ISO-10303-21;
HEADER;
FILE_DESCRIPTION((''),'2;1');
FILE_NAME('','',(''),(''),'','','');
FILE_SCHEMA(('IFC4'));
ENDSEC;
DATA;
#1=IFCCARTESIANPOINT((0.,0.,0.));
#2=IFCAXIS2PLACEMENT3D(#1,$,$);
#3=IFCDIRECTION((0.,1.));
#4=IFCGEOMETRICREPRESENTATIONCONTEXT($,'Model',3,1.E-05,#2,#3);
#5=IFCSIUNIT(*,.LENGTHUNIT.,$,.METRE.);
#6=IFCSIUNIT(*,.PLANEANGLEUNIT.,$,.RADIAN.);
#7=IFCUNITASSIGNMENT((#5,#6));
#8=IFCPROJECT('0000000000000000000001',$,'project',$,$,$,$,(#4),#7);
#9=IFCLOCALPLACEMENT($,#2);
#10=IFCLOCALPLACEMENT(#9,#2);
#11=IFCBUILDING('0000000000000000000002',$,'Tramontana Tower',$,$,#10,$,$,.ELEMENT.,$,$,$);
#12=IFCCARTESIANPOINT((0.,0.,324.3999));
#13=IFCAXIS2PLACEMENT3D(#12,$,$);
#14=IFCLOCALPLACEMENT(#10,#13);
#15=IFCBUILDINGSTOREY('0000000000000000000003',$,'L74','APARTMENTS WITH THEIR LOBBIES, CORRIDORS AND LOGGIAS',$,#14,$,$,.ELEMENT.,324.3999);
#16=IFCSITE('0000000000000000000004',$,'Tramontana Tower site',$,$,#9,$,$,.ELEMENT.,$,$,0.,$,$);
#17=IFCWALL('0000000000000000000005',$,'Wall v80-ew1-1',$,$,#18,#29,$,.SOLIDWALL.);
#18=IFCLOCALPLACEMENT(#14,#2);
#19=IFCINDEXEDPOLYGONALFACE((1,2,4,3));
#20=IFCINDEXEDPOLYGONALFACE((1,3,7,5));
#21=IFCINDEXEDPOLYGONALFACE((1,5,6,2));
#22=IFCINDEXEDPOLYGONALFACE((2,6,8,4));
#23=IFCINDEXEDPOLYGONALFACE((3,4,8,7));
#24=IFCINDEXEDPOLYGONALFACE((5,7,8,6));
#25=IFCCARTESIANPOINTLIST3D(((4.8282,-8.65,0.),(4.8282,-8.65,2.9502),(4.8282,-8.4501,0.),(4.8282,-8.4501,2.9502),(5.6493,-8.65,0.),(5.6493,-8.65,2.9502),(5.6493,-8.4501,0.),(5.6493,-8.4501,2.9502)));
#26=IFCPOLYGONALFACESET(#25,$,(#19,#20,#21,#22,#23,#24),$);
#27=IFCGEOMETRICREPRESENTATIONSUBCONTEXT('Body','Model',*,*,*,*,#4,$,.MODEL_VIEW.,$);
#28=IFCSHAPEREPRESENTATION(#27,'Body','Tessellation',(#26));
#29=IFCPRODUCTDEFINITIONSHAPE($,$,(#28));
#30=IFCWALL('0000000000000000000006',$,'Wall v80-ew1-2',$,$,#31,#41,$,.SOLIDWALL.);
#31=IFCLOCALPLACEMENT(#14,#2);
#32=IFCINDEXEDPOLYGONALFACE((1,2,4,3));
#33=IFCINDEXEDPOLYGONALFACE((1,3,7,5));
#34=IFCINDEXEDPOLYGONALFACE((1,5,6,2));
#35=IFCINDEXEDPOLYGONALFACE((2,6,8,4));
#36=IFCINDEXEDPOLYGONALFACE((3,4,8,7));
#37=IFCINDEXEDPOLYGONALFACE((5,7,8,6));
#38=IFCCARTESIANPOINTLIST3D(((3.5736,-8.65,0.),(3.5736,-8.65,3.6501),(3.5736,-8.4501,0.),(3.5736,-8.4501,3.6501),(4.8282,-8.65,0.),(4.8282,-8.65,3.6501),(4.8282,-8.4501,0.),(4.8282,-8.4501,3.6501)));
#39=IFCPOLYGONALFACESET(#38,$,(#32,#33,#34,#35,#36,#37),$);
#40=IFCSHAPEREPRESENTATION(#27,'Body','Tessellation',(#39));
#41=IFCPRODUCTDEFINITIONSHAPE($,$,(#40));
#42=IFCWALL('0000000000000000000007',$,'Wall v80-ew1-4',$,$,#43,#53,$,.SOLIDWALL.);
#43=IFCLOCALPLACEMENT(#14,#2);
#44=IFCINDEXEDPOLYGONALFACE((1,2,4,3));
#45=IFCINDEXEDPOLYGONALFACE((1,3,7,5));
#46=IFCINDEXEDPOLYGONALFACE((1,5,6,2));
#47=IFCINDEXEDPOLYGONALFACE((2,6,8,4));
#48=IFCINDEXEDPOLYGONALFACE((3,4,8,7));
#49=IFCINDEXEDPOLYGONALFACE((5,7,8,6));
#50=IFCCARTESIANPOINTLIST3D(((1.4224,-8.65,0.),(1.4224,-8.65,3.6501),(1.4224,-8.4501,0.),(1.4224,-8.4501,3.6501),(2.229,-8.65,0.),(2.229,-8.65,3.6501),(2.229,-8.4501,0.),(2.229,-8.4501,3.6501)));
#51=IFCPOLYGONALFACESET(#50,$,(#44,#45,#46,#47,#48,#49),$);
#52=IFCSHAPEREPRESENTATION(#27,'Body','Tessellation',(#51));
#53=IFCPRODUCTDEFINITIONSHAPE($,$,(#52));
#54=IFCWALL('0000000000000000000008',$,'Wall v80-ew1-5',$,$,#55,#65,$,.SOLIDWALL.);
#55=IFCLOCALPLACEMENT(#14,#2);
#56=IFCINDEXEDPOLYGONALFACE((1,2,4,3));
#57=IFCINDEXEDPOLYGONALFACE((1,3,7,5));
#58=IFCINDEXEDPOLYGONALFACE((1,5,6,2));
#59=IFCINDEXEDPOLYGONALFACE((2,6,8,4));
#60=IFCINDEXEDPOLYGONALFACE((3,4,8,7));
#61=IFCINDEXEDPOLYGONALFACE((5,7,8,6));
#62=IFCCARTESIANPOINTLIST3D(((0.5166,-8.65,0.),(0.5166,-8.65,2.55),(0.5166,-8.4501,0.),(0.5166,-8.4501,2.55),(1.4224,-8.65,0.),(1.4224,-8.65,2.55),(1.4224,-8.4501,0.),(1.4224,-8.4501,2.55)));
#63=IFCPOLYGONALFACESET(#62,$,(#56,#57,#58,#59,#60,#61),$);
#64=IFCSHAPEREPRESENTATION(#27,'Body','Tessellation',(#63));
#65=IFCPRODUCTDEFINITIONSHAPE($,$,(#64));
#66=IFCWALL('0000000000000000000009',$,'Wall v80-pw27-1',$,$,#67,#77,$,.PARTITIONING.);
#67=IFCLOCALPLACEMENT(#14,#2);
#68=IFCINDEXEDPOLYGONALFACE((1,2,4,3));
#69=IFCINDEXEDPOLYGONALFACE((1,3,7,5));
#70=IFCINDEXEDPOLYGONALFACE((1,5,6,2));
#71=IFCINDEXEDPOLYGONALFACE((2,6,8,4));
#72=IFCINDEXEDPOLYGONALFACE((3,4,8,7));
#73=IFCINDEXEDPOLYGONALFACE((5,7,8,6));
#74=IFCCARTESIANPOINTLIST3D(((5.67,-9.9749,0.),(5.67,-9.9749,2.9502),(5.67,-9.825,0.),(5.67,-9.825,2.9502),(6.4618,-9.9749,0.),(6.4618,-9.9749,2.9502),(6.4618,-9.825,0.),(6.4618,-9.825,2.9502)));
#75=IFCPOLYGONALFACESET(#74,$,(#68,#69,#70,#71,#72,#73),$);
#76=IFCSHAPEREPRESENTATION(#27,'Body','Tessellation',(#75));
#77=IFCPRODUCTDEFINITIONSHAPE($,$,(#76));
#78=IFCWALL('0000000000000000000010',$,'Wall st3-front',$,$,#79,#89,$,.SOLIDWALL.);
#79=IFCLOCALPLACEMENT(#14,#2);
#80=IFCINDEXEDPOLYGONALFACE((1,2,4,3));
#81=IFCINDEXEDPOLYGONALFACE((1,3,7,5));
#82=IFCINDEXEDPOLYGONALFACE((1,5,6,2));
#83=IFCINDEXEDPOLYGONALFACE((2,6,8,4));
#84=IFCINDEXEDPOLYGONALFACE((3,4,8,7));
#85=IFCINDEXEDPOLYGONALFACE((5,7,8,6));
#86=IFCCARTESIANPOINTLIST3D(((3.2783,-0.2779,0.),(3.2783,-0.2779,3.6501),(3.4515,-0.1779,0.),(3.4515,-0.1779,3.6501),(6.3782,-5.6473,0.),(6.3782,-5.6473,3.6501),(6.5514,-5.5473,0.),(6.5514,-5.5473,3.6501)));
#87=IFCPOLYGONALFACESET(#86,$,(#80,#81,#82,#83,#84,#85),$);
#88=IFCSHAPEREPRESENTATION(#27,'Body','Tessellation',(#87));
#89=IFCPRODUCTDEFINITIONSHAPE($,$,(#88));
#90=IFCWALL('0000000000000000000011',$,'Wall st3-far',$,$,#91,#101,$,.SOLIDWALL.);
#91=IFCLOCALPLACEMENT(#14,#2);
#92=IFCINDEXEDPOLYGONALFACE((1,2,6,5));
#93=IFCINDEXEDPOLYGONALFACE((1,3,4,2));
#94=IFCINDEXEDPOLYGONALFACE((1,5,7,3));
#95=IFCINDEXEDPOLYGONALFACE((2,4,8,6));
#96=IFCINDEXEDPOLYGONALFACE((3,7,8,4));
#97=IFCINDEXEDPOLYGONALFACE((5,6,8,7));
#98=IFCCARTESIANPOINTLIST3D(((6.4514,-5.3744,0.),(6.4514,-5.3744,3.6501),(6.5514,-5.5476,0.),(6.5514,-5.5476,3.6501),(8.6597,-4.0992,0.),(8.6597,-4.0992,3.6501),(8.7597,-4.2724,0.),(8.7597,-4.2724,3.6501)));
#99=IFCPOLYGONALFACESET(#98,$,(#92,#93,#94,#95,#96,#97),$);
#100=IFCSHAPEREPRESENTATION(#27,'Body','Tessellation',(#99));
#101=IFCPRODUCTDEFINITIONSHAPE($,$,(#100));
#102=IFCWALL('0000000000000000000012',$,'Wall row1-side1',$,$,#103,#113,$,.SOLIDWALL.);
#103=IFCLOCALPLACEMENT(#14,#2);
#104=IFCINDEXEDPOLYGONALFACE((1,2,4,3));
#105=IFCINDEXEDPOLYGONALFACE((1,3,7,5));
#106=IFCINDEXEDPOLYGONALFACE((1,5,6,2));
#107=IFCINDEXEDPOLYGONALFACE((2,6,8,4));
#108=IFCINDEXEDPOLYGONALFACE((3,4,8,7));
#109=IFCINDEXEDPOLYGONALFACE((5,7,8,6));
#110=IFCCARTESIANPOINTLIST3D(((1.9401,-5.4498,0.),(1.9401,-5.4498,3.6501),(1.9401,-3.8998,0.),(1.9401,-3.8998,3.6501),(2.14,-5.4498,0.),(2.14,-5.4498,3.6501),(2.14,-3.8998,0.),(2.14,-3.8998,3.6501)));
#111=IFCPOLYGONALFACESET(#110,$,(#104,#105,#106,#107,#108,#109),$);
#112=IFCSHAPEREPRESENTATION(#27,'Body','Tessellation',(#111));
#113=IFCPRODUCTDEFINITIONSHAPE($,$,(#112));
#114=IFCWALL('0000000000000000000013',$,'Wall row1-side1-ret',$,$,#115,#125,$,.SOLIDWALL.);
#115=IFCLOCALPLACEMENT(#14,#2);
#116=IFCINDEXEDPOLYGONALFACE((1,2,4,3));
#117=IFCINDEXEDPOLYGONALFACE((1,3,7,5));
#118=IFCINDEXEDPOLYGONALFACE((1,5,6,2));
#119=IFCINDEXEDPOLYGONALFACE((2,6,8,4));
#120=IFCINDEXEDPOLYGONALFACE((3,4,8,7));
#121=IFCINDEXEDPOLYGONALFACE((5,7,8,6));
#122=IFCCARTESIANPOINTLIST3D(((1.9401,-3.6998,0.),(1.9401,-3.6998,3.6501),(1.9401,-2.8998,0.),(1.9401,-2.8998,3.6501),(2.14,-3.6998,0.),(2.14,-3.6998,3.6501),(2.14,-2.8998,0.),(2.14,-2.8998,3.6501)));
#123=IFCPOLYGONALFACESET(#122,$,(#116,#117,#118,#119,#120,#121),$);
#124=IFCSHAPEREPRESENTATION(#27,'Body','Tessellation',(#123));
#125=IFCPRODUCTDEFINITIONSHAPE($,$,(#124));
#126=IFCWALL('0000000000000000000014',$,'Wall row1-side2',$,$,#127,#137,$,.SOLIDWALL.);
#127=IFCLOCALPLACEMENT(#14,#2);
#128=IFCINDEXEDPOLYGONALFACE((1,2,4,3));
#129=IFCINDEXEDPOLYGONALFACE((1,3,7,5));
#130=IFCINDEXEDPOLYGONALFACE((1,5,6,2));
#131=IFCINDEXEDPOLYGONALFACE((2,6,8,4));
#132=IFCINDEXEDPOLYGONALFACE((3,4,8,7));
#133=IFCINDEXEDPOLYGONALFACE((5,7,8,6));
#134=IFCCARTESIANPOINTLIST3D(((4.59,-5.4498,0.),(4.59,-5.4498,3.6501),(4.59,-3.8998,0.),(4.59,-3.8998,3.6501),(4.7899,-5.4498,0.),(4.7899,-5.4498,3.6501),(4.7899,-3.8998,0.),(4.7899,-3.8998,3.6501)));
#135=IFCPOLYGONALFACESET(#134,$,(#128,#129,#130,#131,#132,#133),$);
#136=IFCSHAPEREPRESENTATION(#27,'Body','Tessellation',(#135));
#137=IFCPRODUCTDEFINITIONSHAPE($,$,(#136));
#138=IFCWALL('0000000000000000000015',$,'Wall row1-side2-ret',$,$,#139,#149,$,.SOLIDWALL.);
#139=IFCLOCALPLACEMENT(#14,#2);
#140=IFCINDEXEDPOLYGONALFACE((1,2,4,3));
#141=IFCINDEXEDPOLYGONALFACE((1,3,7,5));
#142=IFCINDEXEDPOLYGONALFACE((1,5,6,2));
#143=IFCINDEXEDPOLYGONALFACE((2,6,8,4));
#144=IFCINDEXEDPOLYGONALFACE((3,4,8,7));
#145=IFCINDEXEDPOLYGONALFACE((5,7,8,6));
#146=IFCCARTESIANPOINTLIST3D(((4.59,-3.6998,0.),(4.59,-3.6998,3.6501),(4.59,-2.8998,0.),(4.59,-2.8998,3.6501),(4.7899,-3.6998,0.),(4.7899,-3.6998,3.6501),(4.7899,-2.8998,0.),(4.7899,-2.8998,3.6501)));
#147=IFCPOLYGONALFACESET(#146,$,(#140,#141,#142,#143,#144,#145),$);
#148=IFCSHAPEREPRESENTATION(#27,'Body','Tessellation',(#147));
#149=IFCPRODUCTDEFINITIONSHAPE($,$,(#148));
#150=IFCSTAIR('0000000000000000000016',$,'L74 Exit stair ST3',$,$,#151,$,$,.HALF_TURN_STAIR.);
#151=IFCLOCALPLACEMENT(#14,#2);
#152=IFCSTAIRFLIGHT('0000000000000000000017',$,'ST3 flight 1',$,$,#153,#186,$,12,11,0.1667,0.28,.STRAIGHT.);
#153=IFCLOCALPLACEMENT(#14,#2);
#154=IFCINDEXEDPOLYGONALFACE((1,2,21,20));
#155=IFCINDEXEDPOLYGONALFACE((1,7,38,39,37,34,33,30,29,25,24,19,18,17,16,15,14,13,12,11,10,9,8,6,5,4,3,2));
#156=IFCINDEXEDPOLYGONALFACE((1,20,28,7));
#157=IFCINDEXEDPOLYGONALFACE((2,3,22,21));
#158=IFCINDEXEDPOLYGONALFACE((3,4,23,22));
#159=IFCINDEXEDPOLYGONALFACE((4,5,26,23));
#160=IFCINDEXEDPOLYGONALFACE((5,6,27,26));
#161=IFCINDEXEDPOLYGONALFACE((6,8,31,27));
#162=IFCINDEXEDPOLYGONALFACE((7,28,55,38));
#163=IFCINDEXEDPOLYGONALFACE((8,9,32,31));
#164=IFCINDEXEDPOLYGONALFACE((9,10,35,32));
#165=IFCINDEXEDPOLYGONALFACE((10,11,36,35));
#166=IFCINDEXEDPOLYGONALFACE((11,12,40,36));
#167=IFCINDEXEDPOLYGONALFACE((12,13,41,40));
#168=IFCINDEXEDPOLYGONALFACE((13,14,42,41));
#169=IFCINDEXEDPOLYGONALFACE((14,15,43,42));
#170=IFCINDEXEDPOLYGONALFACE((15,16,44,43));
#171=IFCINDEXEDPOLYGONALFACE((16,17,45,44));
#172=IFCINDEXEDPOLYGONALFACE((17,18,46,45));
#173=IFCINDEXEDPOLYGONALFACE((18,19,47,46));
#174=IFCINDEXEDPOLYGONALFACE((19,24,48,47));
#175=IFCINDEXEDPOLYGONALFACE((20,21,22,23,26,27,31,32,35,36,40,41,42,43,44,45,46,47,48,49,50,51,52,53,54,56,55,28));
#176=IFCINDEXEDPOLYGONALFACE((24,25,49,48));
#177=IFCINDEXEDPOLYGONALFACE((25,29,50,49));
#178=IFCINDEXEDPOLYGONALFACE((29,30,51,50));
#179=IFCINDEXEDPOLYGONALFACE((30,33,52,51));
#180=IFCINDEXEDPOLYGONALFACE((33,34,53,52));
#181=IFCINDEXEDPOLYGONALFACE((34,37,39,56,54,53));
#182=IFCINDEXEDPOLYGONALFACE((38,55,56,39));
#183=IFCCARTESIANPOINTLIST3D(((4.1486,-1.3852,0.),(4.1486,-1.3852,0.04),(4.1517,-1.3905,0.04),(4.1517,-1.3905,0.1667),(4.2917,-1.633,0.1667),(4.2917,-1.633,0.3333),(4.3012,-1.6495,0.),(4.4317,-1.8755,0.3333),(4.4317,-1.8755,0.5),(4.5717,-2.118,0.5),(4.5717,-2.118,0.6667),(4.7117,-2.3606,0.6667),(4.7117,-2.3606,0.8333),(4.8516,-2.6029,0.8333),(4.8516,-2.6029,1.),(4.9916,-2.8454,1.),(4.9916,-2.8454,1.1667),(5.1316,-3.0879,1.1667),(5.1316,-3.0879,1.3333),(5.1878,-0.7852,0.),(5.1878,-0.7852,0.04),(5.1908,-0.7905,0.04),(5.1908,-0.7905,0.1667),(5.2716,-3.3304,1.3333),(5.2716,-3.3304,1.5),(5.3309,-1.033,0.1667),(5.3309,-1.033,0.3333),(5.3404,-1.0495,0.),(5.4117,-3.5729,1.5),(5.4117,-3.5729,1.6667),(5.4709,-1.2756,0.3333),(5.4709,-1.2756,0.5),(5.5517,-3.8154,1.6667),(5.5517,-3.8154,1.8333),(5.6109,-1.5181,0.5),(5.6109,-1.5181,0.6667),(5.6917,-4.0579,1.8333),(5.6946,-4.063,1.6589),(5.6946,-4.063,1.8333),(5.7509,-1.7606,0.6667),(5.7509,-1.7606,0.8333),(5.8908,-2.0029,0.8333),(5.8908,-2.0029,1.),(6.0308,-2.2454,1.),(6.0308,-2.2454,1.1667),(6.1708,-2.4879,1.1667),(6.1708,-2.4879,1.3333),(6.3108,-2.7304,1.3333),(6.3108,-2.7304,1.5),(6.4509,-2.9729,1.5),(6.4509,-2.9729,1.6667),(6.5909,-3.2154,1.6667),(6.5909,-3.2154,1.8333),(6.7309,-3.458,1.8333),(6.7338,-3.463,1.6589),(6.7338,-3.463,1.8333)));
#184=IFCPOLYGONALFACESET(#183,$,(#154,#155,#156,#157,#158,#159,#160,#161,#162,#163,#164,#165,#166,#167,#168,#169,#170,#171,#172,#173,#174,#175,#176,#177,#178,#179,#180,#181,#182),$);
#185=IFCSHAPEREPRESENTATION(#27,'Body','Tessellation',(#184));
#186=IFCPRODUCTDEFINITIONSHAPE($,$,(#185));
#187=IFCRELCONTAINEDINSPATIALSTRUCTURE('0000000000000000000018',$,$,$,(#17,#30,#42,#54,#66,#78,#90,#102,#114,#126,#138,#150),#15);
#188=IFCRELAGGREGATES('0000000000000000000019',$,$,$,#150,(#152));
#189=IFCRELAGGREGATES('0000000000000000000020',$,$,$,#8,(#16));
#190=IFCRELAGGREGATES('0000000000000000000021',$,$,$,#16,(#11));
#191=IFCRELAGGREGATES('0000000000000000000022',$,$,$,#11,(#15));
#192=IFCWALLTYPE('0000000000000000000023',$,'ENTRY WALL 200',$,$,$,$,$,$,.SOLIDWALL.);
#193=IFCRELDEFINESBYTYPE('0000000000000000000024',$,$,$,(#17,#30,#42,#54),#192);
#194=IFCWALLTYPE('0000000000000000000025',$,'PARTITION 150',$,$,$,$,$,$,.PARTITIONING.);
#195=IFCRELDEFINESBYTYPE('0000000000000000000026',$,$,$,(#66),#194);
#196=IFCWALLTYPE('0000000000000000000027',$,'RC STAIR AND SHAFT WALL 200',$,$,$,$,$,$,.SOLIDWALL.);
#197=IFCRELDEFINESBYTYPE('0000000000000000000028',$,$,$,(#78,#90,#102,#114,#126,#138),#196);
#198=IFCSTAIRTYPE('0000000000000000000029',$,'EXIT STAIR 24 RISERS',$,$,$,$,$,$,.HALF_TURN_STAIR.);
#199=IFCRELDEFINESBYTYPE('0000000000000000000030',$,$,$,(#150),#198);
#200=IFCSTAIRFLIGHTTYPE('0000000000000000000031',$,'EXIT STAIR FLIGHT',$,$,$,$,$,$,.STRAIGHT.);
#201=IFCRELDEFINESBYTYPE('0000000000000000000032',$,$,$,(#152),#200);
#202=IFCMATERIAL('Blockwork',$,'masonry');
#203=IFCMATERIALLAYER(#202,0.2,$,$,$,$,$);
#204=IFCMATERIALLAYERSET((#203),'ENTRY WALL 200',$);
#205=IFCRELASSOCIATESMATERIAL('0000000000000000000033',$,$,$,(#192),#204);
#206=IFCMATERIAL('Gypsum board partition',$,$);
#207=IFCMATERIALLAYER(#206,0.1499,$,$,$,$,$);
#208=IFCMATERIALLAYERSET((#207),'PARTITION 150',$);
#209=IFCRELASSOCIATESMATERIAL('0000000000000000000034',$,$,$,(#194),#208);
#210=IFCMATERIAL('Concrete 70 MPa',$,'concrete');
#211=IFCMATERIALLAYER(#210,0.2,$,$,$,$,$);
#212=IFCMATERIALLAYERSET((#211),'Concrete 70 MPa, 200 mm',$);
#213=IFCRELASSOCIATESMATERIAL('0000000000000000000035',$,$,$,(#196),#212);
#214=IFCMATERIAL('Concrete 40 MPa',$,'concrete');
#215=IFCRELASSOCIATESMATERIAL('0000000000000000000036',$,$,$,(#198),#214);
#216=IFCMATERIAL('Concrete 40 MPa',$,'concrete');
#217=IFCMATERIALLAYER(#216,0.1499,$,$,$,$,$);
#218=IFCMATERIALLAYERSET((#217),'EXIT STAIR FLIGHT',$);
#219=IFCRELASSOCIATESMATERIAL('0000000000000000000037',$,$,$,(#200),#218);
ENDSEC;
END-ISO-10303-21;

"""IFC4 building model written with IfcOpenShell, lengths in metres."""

from ifc_helpers import new_model, si_unit, direction, frame, frame_2d, origin, place, context, subcontext, project, spatial, polyline, rectangle, outline, extrude, material, layer, layer_set, type_object, element, aggregate, save


model = new_model("IFC4")

# Units and contexts
model_context = context("Model", 3, precision=1e-05, world=origin(), true_north=direction((0.0, 1.0)))
body_context = subcontext(model_context, "Body", "Model", "MODEL_VIEW")
ifc_project = project(units=[si_unit("LENGTHUNIT", "METRE"), si_unit("PLANEANGLEUNIT", "RADIAN")], contexts=[model_context])

# Site, building, storey
site_placement = place(None, origin())
site = spatial("IfcSite", under=ifc_project, at=site_placement, Name="Tramontana Tower site", CompositionType="ELEMENT", RefElevation=0.0)
building_placement = place(site_placement, origin())
building = spatial("IfcBuilding", under=site, at=building_placement, Name="Tramontana Tower", CompositionType="ELEMENT")
storey_placement = place(building_placement, frame((0.0, 0.0, 324.3999)))
storey = spatial("IfcBuildingStorey", under=building, at=storey_placement, Name="L74", Description="APARTMENTS WITH THEIR LOBBIES, CORRIDORS AND LOGGIAS", CompositionType="ELEMENT", Elevation=324.3999)

# Walls
ifc_material_1 = material(Name="Blockwork", Category="masonry")
ifc_layer_1 = layer(ifc_material_1, 0.2)
ifc_layer_set_1 = layer_set([ifc_layer_1], Name="ENTRY WALL 200")
wall_type_1 = type_object("IfcWallType", Name="ENTRY WALL 200", PredefinedType="SOLIDWALL", material=ifc_layer_set_1)
wall_1_placement = place(storey_placement, frame((5.6494, -8.55, 0.0), z_axis=(0.0, 0.0, 1.0), x_axis=(-1.0, 0.0, 0.0)))
element("IfcWall", 1, at=wall_1_placement, inside=storey, type_object=wall_type_1, Name="Wall v80-ew1-1", PredefinedType="SOLIDWALL", context=body_context, shape_type="SweptSolid", body=[
    extrude(rectangle(XDim=0.821, YDim=0.2, at=frame_2d((0.4106, 0.0))), origin(), (0.0, 0.0, 1.0), 2.9502),
])
wall_2_placement = place(storey_placement, frame((4.8284, -8.55, 0.0), z_axis=(0.0, 0.0, 1.0), x_axis=(-1.0, 0.0, 0.0)))
element("IfcWall", 2, at=wall_2_placement, inside=storey, type_object=wall_type_1, Name="Wall v80-ew1-2", PredefinedType="SOLIDWALL", context=body_context, shape_type="SweptSolid", body=[
    extrude(rectangle(XDim=1.2546, YDim=0.2, at=frame_2d((0.6274, 0.0))), origin(), (0.0, 0.0, 1.0), 3.6501),
])

# Walls
wall_3_placement = place(storey_placement, frame((2.229, -8.55, 0.0), z_axis=(0.0, 0.0, 1.0), x_axis=(-1.0, 0.0, 0.0)))
element("IfcWall", 3, at=wall_3_placement, inside=storey, type_object=wall_type_1, Name="Wall v80-ew1-4", PredefinedType="SOLIDWALL", context=body_context, shape_type="SweptSolid", body=[
    extrude(rectangle(XDim=0.8066, YDim=0.2, at=frame_2d((0.4033, 0.0))), origin(), (0.0, 0.0, 1.0), 3.6501),
])
wall_4_placement = place(storey_placement, frame((1.4224, -8.55, 0.0), z_axis=(0.0, 0.0, 1.0), x_axis=(-1.0, 0.0, 0.0)))
element("IfcWall", 4, at=wall_4_placement, inside=storey, type_object=wall_type_1, Name="Wall v80-ew1-5", PredefinedType="SOLIDWALL", context=body_context, shape_type="SweptSolid", body=[
    extrude(rectangle(XDim=0.9058, YDim=0.2, at=frame_2d((0.4529, 0.0))), origin(), (0.0, 0.0, 1.0), 2.55),
])
ifc_material_2 = material(Name="Gypsum board partition")
ifc_layer_2 = layer(ifc_material_2, 0.1499)
ifc_layer_set_2 = layer_set([ifc_layer_2], Name="PARTITION 150")
wall_type_2 = type_object("IfcWallType", Name="PARTITION 150", PredefinedType="PARTITIONING", material=ifc_layer_set_2)
wall_5_placement = place(storey_placement, frame((6.4619, -9.8999, 0.0), z_axis=(0.0, 0.0, 1.0), x_axis=(-1.0, 0.0, 0.0)))
element("IfcWall", 5, at=wall_5_placement, inside=storey, type_object=wall_type_2, Name="Wall v80-pw27-1", PredefinedType="PARTITIONING", context=body_context, shape_type="SweptSolid", body=[
    extrude(rectangle(XDim=0.7917, YDim=0.1499, at=frame_2d((0.396, 0.0))), origin(), (0.0, 0.0, 1.0), 2.9502),
])
ifc_material_3 = material(Name="Concrete 70 MPa", Category="concrete")
ifc_layer_3 = layer(ifc_material_3, 0.2)
ifc_layer_set_3 = layer_set([ifc_layer_3], Name="Concrete 70 MPa, 200 mm")
wall_type_3 = type_object("IfcWallType", Name="RC STAIR AND SHAFT WALL 200", PredefinedType="SOLIDWALL", material=ifc_layer_set_3)
wall_6_placement = place(storey_placement, frame((6.4648, -5.5974, 0.0), z_axis=(0.0, 0.0, 1.0), x_axis=(-0.49998, 0.866037, 0.0)))
element("IfcWall", 6, at=wall_6_placement, inside=storey, type_object=wall_type_3, Name="Wall st3-front", PredefinedType="SOLIDWALL", context=body_context, shape_type="SweptSolid", body=[
    extrude(rectangle(XDim=6.2, YDim=0.2, at=frame_2d((3.1001, 0.0))), origin(), (0.0, 0.0, 1.0), 3.6501),
])
wall_7_placement = place(storey_placement, frame((6.5015, -5.4609, 0.0), z_axis=(0.0, 0.0, 1.0), x_axis=(0.865989, 0.500062, 0.0)))
element("IfcWall", 7, at=wall_7_placement, inside=storey, type_object=wall_type_3, Name="Wall st3-far", PredefinedType="SOLIDWALL", context=body_context, shape_type="SweptSolid", body=[
    extrude(rectangle(XDim=2.55, YDim=0.2, at=frame_2d((1.2749, 0.0))), origin(), (0.0, 0.0, 1.0), 3.6501),
])

# Walls
wall_8_placement = place(storey_placement, frame((2.04, -3.8999, 0.0), z_axis=(0.0, 0.0, 1.0), x_axis=(0.0, -1.0, 0.0)))
element("IfcWall", 8, at=wall_8_placement, inside=storey, type_object=wall_type_3, Name="Wall row1-side1", PredefinedType="SOLIDWALL", context=body_context, shape_type="SweptSolid", body=[
    extrude(rectangle(XDim=1.55, YDim=0.2, at=frame_2d((0.7749, 0.0))), origin(), (0.0, 0.0, 1.0), 3.6501),
])
wall_9_placement = place(storey_placement, frame((2.04, -2.8999, 0.0), z_axis=(0.0, 0.0, 1.0), x_axis=(0.0, -1.0, 0.0)))
element("IfcWall", 9, at=wall_9_placement, inside=storey, type_object=wall_type_3, Name="Wall row1-side1-ret", PredefinedType="SOLIDWALL", context=body_context, shape_type="SweptSolid", body=[
    extrude(rectangle(XDim=0.8, YDim=0.2, at=frame_2d((0.3999, 0.0))), origin(), (0.0, 0.0, 1.0), 3.6501),
])
wall_10_placement = place(storey_placement, frame((4.6899, -3.8999, 0.0), z_axis=(0.0, 0.0, 1.0), x_axis=(0.0, -1.0, 0.0)))
element("IfcWall", 10, at=wall_10_placement, inside=storey, type_object=wall_type_3, Name="Wall row1-side2", PredefinedType="SOLIDWALL", context=body_context, shape_type="SweptSolid", body=[
    extrude(rectangle(XDim=1.55, YDim=0.2, at=frame_2d((0.7749, 0.0))), origin(), (0.0, 0.0, 1.0), 3.6501),
])
wall_11_placement = place(storey_placement, frame((4.6899, -2.8999, 0.0), z_axis=(0.0, 0.0, 1.0), x_axis=(0.0, -1.0, 0.0)))
element("IfcWall", 11, at=wall_11_placement, inside=storey, type_object=wall_type_3, Name="Wall row1-side2-ret", PredefinedType="SOLIDWALL", context=body_context, shape_type="SweptSolid", body=[
    extrude(rectangle(XDim=0.8, YDim=0.2, at=frame_2d((0.3999, 0.0))), origin(), (0.0, 0.0, 1.0), 3.6501),
])

# Stair, stair flight
ifc_material_4 = material(Name="Concrete 40 MPa", Category="concrete")
stair_type = type_object("IfcStairType", Name="EXIT STAIR 24 RISERS", PredefinedType="HALF_TURN_STAIR", material=ifc_material_4)
stair_placement = place(storey_placement, origin())
stair = element("IfcStair", 12, at=stair_placement, inside=storey, type_object=stair_type, Name="L74 Exit stair ST3", PredefinedType="HALF_TURN_STAIR")
ifc_material_5 = material(Name="Concrete 40 MPa", Category="concrete")
ifc_layer_4 = layer(ifc_material_5, 0.1499)
ifc_layer_set_4 = layer_set([ifc_layer_4], Name="EXIT STAIR FLIGHT")
stair_flight_type = type_object("IfcStairFlightType", Name="EXIT STAIR FLIGHT", PredefinedType="STRAIGHT", material=ifc_layer_set_4)
stair_flight_1_placement = place(storey_placement, frame((4.6711, -1.0906, 0.0), z_axis=(0.0, 0.0, 1.0), x_axis=(0.5, -0.866025, 0.0)))
stair_flight_1 = element("IfcStairFlight", 13, at=stair_flight_1_placement, type_object=stair_flight_type, Name="ST3 flight 1", NumberOfRisers=12, NumberOfTreads=11, PredefinedType="STRAIGHT", RiserHeight=0.1667, TreadLength=0.28, context=body_context, shape_type="SweptSolid", body=[
    extrude(outline(polyline([(-0.0061, 0.0), (-0.0061, 0.04), (0.0, 0.04), (0.0, 0.1667), (0.28, 0.1667), (0.28, 0.3333), (0.5601, 0.3333), (0.5601, 0.5), (0.8401, 0.5), (0.8401, 0.6667), (1.1201, 0.6667), (1.1201, 0.8333), (1.3999, 0.8333), (1.3999, 1.0), (1.6799, 1.0), (1.6799, 1.1667), (1.96, 1.1667), (1.96, 1.3333), (2.24, 1.3333), (2.24, 1.5), (2.52, 1.5), (2.52, 1.6667), (2.8, 1.6667), (2.8, 1.8333), (3.0801, 1.8333), (3.0859, 1.8333), (3.0859, 1.6589), (0.2991, 0.0), (-0.0061, 0.0)])), frame((0.0, 0.6001, 0.0), z_axis=(0.0, -1.0, 0.0), x_axis=(1.0, 0.0, 0.0)), (0.0, 0.0, 1.0), 1.2),
])
aggregate(stair, [stair_flight_1])

save(model, "model.ifc")
